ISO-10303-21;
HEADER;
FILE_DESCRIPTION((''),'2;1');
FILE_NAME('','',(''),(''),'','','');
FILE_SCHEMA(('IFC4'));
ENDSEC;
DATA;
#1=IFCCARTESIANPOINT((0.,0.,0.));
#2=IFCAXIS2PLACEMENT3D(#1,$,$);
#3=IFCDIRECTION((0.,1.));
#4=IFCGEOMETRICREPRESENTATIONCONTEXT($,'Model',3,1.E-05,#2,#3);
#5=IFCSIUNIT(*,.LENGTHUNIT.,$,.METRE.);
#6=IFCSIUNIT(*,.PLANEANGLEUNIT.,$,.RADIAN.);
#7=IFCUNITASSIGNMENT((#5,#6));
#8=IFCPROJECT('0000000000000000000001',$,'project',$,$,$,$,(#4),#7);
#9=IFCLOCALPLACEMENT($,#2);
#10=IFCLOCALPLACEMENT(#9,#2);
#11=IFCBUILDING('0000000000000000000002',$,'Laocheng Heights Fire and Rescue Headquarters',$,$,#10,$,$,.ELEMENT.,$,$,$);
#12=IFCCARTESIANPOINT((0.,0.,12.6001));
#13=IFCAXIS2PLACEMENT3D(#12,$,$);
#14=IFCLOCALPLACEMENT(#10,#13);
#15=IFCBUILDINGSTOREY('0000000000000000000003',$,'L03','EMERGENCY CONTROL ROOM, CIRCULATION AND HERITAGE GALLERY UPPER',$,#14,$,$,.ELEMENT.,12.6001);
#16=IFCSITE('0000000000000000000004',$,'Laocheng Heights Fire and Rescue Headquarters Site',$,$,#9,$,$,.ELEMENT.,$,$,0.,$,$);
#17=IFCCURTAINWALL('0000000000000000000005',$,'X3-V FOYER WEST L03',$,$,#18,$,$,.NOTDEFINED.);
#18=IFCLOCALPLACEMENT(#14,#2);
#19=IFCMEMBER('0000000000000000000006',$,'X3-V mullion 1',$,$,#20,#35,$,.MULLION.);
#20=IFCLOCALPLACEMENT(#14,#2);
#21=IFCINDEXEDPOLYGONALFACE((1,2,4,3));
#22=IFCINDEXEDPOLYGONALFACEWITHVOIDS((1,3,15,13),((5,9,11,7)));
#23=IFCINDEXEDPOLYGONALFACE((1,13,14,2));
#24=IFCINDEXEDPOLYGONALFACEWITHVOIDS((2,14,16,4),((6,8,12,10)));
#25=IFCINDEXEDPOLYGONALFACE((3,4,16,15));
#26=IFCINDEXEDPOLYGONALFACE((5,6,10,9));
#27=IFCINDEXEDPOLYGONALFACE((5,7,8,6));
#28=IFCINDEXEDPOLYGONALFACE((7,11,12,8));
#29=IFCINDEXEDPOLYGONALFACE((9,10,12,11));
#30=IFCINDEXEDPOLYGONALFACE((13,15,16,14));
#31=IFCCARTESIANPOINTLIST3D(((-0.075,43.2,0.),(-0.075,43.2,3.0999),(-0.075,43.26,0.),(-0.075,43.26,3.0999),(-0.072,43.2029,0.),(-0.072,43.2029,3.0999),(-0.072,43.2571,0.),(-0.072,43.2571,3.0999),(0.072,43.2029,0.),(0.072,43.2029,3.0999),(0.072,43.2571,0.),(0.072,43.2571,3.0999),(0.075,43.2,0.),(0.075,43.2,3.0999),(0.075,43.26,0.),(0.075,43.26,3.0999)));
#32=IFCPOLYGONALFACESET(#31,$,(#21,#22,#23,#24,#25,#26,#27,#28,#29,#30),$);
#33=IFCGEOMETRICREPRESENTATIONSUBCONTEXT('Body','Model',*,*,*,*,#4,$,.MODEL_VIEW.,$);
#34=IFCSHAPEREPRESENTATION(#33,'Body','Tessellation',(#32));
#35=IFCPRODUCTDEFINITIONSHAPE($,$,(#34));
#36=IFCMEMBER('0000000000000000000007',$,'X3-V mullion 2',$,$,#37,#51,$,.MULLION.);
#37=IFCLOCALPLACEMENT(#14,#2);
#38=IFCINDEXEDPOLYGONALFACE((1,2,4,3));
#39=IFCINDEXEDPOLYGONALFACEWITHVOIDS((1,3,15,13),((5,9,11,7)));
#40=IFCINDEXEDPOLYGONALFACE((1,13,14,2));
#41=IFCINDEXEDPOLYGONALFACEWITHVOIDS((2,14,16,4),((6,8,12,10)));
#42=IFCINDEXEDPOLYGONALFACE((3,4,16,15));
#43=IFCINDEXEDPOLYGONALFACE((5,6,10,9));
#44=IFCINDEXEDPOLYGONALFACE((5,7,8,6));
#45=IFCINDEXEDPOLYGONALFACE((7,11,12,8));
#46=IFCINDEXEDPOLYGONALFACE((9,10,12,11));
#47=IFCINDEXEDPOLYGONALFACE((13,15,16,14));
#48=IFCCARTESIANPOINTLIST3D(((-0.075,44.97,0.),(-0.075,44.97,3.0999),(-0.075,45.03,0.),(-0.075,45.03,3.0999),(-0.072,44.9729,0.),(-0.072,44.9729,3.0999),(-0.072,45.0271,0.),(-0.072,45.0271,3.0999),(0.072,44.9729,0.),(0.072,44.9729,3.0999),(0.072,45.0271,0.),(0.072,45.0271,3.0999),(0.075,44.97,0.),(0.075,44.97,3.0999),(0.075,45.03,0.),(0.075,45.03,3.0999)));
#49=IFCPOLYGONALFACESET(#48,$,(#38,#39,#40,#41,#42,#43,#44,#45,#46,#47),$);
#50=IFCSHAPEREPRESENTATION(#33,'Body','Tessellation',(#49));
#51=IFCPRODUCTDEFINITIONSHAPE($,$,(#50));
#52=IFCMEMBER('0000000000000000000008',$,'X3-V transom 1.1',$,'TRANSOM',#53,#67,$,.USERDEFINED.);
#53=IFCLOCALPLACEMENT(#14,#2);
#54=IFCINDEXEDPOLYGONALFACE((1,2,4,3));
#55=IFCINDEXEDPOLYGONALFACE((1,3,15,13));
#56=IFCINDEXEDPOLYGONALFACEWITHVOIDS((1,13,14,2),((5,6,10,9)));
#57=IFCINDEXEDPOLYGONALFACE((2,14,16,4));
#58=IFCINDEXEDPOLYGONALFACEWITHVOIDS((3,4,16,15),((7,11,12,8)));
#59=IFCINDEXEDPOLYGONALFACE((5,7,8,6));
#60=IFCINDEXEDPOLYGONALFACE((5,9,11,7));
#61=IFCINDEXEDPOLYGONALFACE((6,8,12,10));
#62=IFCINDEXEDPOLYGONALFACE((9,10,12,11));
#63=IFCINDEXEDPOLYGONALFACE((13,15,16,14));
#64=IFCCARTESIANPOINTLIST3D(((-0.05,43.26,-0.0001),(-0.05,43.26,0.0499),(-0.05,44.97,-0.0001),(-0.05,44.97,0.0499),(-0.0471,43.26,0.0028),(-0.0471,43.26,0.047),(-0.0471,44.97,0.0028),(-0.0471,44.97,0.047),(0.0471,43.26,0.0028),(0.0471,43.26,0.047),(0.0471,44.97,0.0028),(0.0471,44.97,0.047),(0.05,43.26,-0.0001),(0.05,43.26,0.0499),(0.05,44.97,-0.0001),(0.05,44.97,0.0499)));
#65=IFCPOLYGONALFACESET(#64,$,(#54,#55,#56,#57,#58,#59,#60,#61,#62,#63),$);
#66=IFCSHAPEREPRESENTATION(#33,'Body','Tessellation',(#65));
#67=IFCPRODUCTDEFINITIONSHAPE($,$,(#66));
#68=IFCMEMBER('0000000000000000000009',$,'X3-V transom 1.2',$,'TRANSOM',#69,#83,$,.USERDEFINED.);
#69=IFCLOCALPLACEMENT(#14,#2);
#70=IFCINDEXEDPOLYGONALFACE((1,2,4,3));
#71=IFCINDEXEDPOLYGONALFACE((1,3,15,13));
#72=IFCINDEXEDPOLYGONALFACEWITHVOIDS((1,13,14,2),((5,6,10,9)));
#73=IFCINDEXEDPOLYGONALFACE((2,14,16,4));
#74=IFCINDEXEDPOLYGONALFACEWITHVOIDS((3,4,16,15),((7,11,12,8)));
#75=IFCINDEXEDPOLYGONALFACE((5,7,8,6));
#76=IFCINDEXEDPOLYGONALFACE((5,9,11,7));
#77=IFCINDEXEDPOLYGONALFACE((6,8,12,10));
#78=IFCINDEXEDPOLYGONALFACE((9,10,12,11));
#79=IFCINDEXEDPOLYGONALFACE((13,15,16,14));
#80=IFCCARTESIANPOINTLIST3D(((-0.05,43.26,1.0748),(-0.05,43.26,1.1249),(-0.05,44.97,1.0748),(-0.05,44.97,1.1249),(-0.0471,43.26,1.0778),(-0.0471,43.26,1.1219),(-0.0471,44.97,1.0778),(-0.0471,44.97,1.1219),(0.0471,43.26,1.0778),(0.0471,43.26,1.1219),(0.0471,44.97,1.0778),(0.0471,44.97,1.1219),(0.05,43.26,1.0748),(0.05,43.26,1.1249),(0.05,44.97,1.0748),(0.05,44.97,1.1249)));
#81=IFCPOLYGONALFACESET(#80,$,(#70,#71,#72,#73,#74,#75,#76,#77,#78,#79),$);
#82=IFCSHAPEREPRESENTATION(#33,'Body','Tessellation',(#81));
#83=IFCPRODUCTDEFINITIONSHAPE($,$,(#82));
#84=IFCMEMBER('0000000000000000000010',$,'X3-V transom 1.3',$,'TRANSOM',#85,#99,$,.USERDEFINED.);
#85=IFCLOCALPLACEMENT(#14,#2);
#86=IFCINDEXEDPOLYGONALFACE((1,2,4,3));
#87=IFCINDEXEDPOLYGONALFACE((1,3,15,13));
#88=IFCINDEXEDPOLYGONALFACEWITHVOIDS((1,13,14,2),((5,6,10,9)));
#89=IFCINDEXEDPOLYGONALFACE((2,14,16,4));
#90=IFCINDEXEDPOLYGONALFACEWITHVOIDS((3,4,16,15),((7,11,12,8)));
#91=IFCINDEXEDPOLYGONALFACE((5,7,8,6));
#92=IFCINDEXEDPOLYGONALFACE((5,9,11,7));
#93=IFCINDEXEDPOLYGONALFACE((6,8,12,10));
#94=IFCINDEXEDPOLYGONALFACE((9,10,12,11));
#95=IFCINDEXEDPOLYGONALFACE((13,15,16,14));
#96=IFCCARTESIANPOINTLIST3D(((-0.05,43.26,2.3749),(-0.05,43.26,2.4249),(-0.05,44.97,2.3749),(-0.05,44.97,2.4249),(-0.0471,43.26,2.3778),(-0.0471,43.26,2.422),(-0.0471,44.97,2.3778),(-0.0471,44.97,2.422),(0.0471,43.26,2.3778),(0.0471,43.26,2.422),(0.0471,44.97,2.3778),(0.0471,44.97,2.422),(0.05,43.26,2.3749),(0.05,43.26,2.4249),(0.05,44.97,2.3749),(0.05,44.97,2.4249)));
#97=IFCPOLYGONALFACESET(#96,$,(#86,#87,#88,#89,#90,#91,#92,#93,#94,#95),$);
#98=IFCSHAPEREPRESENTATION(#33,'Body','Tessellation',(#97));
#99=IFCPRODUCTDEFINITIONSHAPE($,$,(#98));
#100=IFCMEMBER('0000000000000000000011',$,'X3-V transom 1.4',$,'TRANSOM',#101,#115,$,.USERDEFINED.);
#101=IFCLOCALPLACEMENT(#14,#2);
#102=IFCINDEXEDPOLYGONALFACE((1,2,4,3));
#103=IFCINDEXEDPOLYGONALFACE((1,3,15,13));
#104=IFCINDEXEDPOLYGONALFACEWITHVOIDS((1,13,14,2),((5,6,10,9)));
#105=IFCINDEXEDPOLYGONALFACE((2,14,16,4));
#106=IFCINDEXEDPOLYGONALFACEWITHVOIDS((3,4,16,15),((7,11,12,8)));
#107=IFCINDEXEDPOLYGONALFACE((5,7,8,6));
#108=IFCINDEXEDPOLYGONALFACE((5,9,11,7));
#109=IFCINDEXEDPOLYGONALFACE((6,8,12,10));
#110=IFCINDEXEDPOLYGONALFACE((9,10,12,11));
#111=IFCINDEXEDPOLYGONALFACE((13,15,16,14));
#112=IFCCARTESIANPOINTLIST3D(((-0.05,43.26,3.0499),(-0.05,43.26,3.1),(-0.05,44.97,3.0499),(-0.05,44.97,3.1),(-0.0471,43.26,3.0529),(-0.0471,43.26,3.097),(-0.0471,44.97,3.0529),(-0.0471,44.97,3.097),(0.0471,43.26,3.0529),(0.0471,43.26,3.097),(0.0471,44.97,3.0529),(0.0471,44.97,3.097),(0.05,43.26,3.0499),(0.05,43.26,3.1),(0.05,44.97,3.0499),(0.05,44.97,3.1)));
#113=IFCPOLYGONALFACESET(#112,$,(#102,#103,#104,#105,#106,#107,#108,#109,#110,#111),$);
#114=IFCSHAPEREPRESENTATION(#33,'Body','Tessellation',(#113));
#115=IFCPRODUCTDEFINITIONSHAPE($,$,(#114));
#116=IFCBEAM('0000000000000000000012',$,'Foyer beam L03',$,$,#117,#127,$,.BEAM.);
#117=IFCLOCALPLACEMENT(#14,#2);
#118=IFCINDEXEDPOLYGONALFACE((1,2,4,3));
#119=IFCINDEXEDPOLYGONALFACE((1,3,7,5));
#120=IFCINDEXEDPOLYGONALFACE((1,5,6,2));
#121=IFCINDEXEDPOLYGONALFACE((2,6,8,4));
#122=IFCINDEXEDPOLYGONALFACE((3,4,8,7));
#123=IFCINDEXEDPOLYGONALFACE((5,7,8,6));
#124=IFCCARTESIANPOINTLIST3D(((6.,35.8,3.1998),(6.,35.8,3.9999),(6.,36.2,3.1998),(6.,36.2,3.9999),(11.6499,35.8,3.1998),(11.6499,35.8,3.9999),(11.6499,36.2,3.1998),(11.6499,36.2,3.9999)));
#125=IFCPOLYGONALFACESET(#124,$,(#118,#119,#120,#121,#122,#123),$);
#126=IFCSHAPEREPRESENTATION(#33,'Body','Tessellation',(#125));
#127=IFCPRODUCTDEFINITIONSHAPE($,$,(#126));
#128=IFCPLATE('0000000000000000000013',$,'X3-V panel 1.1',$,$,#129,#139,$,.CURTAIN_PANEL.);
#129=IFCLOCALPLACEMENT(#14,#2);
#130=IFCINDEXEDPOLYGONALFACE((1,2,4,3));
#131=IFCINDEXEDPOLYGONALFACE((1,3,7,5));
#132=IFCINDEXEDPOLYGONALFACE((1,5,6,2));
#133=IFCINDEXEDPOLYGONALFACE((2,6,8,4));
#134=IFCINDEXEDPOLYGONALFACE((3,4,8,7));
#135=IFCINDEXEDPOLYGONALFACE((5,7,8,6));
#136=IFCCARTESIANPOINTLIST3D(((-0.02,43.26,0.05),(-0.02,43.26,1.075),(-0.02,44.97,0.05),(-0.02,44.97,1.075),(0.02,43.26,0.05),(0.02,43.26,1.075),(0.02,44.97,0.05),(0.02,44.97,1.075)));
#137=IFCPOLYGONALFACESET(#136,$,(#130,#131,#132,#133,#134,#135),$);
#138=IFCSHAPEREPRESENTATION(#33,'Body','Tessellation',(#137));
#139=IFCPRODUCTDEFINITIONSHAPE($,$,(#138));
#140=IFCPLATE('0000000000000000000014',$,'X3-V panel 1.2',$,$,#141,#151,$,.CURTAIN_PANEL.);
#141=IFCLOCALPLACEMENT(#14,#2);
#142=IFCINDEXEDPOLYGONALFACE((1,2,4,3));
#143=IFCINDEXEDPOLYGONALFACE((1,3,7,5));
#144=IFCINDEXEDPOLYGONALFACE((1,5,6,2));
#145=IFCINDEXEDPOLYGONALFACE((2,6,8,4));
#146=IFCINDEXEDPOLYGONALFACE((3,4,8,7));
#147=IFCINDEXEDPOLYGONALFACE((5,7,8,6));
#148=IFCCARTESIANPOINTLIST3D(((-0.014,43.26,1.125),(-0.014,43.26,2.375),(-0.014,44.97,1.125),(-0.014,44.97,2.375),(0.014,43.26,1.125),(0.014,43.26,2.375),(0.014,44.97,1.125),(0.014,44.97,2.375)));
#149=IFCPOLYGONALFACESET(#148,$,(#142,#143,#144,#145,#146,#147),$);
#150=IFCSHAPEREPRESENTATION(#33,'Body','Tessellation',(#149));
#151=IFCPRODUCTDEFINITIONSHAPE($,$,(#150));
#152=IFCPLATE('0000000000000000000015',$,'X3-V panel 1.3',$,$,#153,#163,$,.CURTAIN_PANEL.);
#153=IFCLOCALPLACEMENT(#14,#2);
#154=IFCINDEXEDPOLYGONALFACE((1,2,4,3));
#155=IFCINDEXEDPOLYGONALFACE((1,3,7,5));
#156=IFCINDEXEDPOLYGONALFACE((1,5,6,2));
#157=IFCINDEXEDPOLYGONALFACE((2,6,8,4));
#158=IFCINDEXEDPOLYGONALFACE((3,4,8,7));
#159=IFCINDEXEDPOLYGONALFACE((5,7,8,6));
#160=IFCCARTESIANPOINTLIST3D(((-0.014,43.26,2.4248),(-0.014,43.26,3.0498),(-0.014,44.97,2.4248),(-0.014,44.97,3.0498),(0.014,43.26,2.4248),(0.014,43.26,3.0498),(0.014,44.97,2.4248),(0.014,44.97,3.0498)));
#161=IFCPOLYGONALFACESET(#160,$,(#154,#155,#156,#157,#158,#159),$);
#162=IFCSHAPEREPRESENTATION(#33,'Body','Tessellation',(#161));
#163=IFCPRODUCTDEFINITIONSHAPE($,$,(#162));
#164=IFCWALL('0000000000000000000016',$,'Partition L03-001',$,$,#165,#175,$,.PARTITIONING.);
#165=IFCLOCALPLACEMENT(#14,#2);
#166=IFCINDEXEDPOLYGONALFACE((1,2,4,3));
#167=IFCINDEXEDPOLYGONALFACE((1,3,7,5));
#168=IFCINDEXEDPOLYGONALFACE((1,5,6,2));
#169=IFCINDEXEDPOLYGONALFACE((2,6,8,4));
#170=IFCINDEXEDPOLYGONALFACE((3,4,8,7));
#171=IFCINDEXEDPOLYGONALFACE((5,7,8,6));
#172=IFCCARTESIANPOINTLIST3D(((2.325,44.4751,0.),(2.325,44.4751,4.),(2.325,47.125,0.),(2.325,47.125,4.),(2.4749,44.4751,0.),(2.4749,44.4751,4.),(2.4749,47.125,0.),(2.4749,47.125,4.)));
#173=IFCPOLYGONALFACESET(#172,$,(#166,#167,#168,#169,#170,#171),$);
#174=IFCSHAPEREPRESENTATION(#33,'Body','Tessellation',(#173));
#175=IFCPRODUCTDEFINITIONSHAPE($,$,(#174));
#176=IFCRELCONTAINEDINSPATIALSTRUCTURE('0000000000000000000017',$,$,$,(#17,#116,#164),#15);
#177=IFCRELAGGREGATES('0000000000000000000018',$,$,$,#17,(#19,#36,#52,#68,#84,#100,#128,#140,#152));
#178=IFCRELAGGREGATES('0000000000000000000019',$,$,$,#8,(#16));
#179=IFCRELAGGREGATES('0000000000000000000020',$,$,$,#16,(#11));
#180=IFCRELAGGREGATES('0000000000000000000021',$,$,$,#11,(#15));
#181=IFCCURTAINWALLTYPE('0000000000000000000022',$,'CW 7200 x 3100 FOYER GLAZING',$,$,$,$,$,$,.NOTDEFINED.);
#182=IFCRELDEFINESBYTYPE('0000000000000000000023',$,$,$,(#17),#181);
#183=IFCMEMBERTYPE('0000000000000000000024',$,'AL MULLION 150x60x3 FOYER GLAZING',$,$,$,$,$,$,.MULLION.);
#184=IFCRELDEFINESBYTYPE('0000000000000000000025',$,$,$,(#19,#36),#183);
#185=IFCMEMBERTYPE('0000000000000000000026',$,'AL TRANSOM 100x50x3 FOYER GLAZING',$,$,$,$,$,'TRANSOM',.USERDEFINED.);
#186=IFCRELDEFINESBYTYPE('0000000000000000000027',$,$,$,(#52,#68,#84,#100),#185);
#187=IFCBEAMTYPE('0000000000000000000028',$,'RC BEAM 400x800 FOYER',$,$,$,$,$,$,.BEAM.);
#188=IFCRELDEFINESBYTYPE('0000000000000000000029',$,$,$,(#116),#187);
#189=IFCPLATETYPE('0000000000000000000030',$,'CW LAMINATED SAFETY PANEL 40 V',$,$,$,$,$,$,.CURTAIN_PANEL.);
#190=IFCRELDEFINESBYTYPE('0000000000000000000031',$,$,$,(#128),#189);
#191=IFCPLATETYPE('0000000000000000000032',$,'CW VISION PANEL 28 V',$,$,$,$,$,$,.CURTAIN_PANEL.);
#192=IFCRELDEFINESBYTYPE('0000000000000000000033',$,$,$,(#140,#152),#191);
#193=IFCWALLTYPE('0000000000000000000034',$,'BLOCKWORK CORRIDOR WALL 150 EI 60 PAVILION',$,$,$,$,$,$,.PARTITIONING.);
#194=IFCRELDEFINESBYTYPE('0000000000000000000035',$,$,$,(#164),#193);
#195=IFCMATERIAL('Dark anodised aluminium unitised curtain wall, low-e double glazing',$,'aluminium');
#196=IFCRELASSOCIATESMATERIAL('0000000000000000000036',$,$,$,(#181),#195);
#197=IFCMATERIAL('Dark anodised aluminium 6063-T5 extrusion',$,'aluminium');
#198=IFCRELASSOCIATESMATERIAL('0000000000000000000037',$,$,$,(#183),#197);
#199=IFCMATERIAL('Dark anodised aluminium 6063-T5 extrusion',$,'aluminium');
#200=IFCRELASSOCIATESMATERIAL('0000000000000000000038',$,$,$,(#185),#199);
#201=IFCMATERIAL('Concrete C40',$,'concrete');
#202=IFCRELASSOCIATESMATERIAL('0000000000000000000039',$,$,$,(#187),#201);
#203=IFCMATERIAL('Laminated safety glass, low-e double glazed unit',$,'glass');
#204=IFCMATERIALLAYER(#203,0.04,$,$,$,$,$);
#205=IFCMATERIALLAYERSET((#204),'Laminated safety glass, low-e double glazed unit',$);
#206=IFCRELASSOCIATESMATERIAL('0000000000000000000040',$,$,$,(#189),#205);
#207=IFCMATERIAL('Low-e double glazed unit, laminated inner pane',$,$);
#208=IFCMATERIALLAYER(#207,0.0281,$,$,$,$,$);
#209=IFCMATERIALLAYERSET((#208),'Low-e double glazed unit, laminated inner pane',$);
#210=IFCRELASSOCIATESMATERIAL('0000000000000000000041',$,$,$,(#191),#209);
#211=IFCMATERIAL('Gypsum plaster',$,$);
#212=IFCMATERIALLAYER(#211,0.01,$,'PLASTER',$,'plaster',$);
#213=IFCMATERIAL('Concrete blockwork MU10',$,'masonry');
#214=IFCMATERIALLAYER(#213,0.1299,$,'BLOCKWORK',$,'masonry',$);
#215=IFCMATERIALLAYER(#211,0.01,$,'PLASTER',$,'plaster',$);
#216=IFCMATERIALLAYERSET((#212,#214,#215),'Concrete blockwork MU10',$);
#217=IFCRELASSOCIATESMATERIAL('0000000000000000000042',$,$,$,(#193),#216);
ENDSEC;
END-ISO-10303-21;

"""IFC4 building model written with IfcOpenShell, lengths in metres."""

from ifc_helpers import new_model, si_unit, direction, frame, frame_2d, origin, origin_2d, place, context, subcontext, project, spatial, rectangle, hollow_rectangle, extrude, material, layer, layer_set, material_profile, profile_set, type_object, element, aggregate, save


model = new_model("IFC4")

# Units and contexts
model_context = context("Model", 3, precision=1e-05, world=origin(), true_north=direction((0.0, 1.0)))
body_context = subcontext(model_context, "Body", "Model", "MODEL_VIEW")
ifc_project = project(units=[si_unit("LENGTHUNIT", "METRE"), si_unit("PLANEANGLEUNIT", "RADIAN")], contexts=[model_context])

# Site, building, storey
site_placement = place(None, origin())
site = spatial("IfcSite", under=ifc_project, at=site_placement, Name="Laocheng Heights Fire and Rescue Headquarters Site", CompositionType="ELEMENT", RefElevation=0.0)
building_placement = place(site_placement, origin())
building = spatial("IfcBuilding", under=site, at=building_placement, Name="Laocheng Heights Fire and Rescue Headquarters", CompositionType="ELEMENT")
storey_placement = place(building_placement, frame((0.0, 0.0, 12.6001)))
storey = spatial("IfcBuildingStorey", under=building, at=storey_placement, Name="L03", Description="EMERGENCY CONTROL ROOM, CIRCULATION AND HERITAGE GALLERY UPPER", CompositionType="ELEMENT", Elevation=12.6001)

# Curtain wall, members
ifc_material_1 = material(Name="Dark anodised aluminium unitised curtain wall, low-e double glazing", Category="aluminium")
curtain_wall_type = type_object("IfcCurtainWallType", Name="CW 7200 x 3100 FOYER GLAZING", PredefinedType="NOTDEFINED", material=ifc_material_1)
curtain_wall_placement = place(storey_placement, origin())
curtain_wall = element("IfcCurtainWall", 1, at=curtain_wall_placement, inside=storey, type_object=curtain_wall_type, Name="X3-V FOYER WEST L03", PredefinedType="NOTDEFINED")
ifc_material_2 = material(Name="Dark anodised aluminium 6063-T5 extrusion", Category="aluminium")
ifc_material_profile_1 = material_profile(ifc_material_2, hollow_rectangle(XDim=0.1499, YDim=0.0601, WallThickness=0.0029, at=origin_2d()), Name="AL MULLION 150x60x3 FOYER GLAZING")
ifc_profile_set_1 = profile_set([ifc_material_profile_1], Name="Dark anodised aluminium 6063-T5 extrusion")
member_type_1 = type_object("IfcMemberType", Name="AL MULLION 150x60x3 FOYER GLAZING", PredefinedType="MULLION", material=ifc_profile_set_1)
member_1_placement = place(storey_placement, frame((0.0, 43.23, 0.0), z_axis=(0.0, 0.0, 1.0), x_axis=(-1.0, 0.0, 0.0)))
member_1 = element("IfcMember", 2, at=member_1_placement, type_object=member_type_1, Name="X3-V mullion 1", PredefinedType="MULLION", context=body_context, shape_type="SweptSolid", body=[
    extrude(hollow_rectangle(XDim=0.1499, YDim=0.0601, WallThickness=0.0029, at=origin_2d()), origin(), (0.0, 0.0, 1.0), 3.0999),
])
member_2_placement = place(storey_placement, frame((0.0, 45.0, 0.0), z_axis=(0.0, 0.0, 1.0), x_axis=(-1.0, 0.0, 0.0)))
member_2 = element("IfcMember", 3, at=member_2_placement, type_object=member_type_1, Name="X3-V mullion 2", PredefinedType="MULLION", context=body_context, shape_type="SweptSolid", body=[
    extrude(hollow_rectangle(XDim=0.1499, YDim=0.0601, WallThickness=0.0029, at=origin_2d()), origin(), (0.0, 0.0, 1.0), 3.0999),
])
ifc_material_3 = material(Name="Dark anodised aluminium 6063-T5 extrusion", Category="aluminium")
ifc_material_profile_2 = material_profile(ifc_material_3, hollow_rectangle(XDim=0.1001, YDim=0.05, WallThickness=0.0029, at=origin_2d()), Name="AL TRANSOM 100x50x3 FOYER GLAZING")
ifc_profile_set_2 = profile_set([ifc_material_profile_2], Name="Dark anodised aluminium 6063-T5 extrusion")
member_type_2 = type_object("IfcMemberType", Name="AL TRANSOM 100x50x3 FOYER GLAZING", ElementType="TRANSOM", PredefinedType="USERDEFINED", material=ifc_profile_set_2)
member_3_placement = place(storey_placement, frame((0.0, 43.26, 0.0249), z_axis=(0.0, 1.0, 0.0), x_axis=(-1.0, 0.0, 0.0)))
member_3 = element("IfcMember", 4, at=member_3_placement, type_object=member_type_2, Name="X3-V transom 1.1", ObjectType="TRANSOM", PredefinedType="USERDEFINED", context=body_context, shape_type="SweptSolid", body=[
    extrude(hollow_rectangle(XDim=0.1001, YDim=0.05, WallThickness=0.0029, at=origin_2d()), origin(), (0.0, 0.0, 1.0), 1.71),
])
member_4_placement = place(storey_placement, frame((0.0, 43.26, 1.0999), z_axis=(0.0, 1.0, 0.0), x_axis=(-1.0, 0.0, 0.0)))
member_4 = element("IfcMember", 5, at=member_4_placement, type_object=member_type_2, Name="X3-V transom 1.2", ObjectType="TRANSOM", PredefinedType="USERDEFINED", context=body_context, shape_type="SweptSolid", body=[
    extrude(hollow_rectangle(XDim=0.1001, YDim=0.05, WallThickness=0.0029, at=origin_2d()), origin(), (0.0, 0.0, 1.0), 1.71),
])
member_5_placement = place(storey_placement, frame((0.0, 43.26, 2.3999), z_axis=(0.0, 1.0, 0.0), x_axis=(-1.0, 0.0, 0.0)))
member_5 = element("IfcMember", 6, at=member_5_placement, type_object=member_type_2, Name="X3-V transom 1.3", ObjectType="TRANSOM", PredefinedType="USERDEFINED", context=body_context, shape_type="SweptSolid", body=[
    extrude(hollow_rectangle(XDim=0.1001, YDim=0.05, WallThickness=0.0029, at=origin_2d()), origin(), (0.0, 0.0, 1.0), 1.71),
])
member_6_placement = place(storey_placement, frame((0.0, 43.26, 3.075), z_axis=(0.0, 1.0, 0.0), x_axis=(-1.0, 0.0, 0.0)))
member_6 = element("IfcMember", 7, at=member_6_placement, type_object=member_type_2, Name="X3-V transom 1.4", ObjectType="TRANSOM", PredefinedType="USERDEFINED", context=body_context, shape_type="SweptSolid", body=[
    extrude(hollow_rectangle(XDim=0.1001, YDim=0.05, WallThickness=0.0029, at=origin_2d()), origin(), (0.0, 0.0, 1.0), 1.71),
])

# Beam
ifc_material_4 = material(Name="Concrete C40", Category="concrete")
ifc_material_profile_3 = material_profile(ifc_material_4, rectangle(XDim=0.3999, YDim=0.8, at=origin_2d()), Name="RC BEAM 400x800 FOYER")
ifc_profile_set_3 = profile_set([ifc_material_profile_3], Name="Concrete C40")
beam_type = type_object("IfcBeamType", Name="RC BEAM 400x800 FOYER", PredefinedType="BEAM", material=ifc_profile_set_3)
beam_placement = place(storey_placement, frame((6.0, 36.0, 3.5999), z_axis=(1.0, 0.0, 0.0), x_axis=(0.0, 1.0, 0.0)))
element("IfcBeam", 8, at=beam_placement, inside=storey, type_object=beam_type, Name="Foyer beam L03", PredefinedType="BEAM", context=body_context, shape_type="SweptSolid", body=[
    extrude(rectangle(XDim=0.3999, YDim=0.8, at=origin_2d()), origin(), (0.0, 0.0, 1.0), 5.6499),
])

# Plates
ifc_material_5 = material(Name="Laminated safety glass, low-e double glazed unit", Category="glass")
ifc_layer_1 = layer(ifc_material_5, 0.04)
ifc_layer_set_1 = layer_set([ifc_layer_1], Name="Laminated safety glass, low-e double glazed unit")
plate_type_1 = type_object("IfcPlateType", Name="CW LAMINATED SAFETY PANEL 40 V", PredefinedType="CURTAIN_PANEL", material=ifc_layer_set_1)
plate_1_placement = place(storey_placement, frame((0.0, 44.115, 0.05), z_axis=(0.0, 0.0, 1.0), x_axis=(0.0, 1.0, 0.0)))
plate_1 = element("IfcPlate", 9, at=plate_1_placement, type_object=plate_type_1, Name="X3-V panel 1.1", PredefinedType="CURTAIN_PANEL", context=body_context, shape_type="SweptSolid", body=[
    extrude(rectangle(XDim=1.71, YDim=0.04, at=origin_2d()), origin(), (0.0, 0.0, 1.0), 1.0249),
])
ifc_material_6 = material(Name="Low-e double glazed unit, laminated inner pane")
ifc_layer_2 = layer(ifc_material_6, 0.0281)
ifc_layer_set_2 = layer_set([ifc_layer_2], Name="Low-e double glazed unit, laminated inner pane")
plate_type_2 = type_object("IfcPlateType", Name="CW VISION PANEL 28 V", PredefinedType="CURTAIN_PANEL", material=ifc_layer_set_2)
plate_2_placement = place(storey_placement, frame((0.0, 44.115, 1.125), z_axis=(0.0, 0.0, 1.0), x_axis=(0.0, 1.0, 0.0)))
plate_2 = element("IfcPlate", 10, at=plate_2_placement, type_object=plate_type_2, Name="X3-V panel 1.2", PredefinedType="CURTAIN_PANEL", context=body_context, shape_type="SweptSolid", body=[
    extrude(rectangle(XDim=1.71, YDim=0.0281, at=origin_2d()), origin(), (0.0, 0.0, 1.0), 1.25),
])
plate_3_placement = place(storey_placement, frame((0.0, 44.115, 2.4248), z_axis=(0.0, 0.0, 1.0), x_axis=(0.0, 1.0, 0.0)))
plate_3 = element("IfcPlate", 11, at=plate_3_placement, type_object=plate_type_2, Name="X3-V panel 1.3", PredefinedType="CURTAIN_PANEL", context=body_context, shape_type="SweptSolid", body=[
    extrude(rectangle(XDim=1.71, YDim=0.0281, at=origin_2d()), origin(), (0.0, 0.0, 1.0), 0.625),
])
aggregate(curtain_wall, [member_1, member_2, member_3, member_4, member_5, member_6, plate_1, plate_2, plate_3])

# Wall
ifc_material_7 = material(Name="Gypsum plaster")
ifc_layer_3 = layer(ifc_material_7, 0.01, Name="PLASTER", Category="plaster")
ifc_material_8 = material(Name="Concrete blockwork MU10", Category="masonry")
ifc_layer_4 = layer(ifc_material_8, 0.1299, Name="BLOCKWORK", Category="masonry")
ifc_layer_5 = layer(ifc_material_7, 0.01, Name="PLASTER", Category="plaster")
ifc_layer_set_3 = layer_set([ifc_layer_3, ifc_layer_4, ifc_layer_5], Name="Concrete blockwork MU10")
wall_type_1 = type_object("IfcWallType", Name="BLOCKWORK CORRIDOR WALL 150 EI 60 PAVILION", PredefinedType="PARTITIONING", material=ifc_layer_set_3)
wall_1_placement = place(storey_placement, frame((2.3999, 44.4751, 0.0), z_axis=(0.0, 0.0, 1.0), x_axis=(0.0, 1.0, 0.0)))
element("IfcWall", 12, at=wall_1_placement, inside=storey, type_object=wall_type_1, Name="Partition L03-001", PredefinedType="PARTITIONING", context=body_context, shape_type="SweptSolid", body=[
    extrude(rectangle(XDim=2.6499, YDim=0.1499, at=frame_2d((1.325, 0.0))), origin(), (0.0, 0.0, 1.0), 4.0),
])

save(model, "model.ifc")
